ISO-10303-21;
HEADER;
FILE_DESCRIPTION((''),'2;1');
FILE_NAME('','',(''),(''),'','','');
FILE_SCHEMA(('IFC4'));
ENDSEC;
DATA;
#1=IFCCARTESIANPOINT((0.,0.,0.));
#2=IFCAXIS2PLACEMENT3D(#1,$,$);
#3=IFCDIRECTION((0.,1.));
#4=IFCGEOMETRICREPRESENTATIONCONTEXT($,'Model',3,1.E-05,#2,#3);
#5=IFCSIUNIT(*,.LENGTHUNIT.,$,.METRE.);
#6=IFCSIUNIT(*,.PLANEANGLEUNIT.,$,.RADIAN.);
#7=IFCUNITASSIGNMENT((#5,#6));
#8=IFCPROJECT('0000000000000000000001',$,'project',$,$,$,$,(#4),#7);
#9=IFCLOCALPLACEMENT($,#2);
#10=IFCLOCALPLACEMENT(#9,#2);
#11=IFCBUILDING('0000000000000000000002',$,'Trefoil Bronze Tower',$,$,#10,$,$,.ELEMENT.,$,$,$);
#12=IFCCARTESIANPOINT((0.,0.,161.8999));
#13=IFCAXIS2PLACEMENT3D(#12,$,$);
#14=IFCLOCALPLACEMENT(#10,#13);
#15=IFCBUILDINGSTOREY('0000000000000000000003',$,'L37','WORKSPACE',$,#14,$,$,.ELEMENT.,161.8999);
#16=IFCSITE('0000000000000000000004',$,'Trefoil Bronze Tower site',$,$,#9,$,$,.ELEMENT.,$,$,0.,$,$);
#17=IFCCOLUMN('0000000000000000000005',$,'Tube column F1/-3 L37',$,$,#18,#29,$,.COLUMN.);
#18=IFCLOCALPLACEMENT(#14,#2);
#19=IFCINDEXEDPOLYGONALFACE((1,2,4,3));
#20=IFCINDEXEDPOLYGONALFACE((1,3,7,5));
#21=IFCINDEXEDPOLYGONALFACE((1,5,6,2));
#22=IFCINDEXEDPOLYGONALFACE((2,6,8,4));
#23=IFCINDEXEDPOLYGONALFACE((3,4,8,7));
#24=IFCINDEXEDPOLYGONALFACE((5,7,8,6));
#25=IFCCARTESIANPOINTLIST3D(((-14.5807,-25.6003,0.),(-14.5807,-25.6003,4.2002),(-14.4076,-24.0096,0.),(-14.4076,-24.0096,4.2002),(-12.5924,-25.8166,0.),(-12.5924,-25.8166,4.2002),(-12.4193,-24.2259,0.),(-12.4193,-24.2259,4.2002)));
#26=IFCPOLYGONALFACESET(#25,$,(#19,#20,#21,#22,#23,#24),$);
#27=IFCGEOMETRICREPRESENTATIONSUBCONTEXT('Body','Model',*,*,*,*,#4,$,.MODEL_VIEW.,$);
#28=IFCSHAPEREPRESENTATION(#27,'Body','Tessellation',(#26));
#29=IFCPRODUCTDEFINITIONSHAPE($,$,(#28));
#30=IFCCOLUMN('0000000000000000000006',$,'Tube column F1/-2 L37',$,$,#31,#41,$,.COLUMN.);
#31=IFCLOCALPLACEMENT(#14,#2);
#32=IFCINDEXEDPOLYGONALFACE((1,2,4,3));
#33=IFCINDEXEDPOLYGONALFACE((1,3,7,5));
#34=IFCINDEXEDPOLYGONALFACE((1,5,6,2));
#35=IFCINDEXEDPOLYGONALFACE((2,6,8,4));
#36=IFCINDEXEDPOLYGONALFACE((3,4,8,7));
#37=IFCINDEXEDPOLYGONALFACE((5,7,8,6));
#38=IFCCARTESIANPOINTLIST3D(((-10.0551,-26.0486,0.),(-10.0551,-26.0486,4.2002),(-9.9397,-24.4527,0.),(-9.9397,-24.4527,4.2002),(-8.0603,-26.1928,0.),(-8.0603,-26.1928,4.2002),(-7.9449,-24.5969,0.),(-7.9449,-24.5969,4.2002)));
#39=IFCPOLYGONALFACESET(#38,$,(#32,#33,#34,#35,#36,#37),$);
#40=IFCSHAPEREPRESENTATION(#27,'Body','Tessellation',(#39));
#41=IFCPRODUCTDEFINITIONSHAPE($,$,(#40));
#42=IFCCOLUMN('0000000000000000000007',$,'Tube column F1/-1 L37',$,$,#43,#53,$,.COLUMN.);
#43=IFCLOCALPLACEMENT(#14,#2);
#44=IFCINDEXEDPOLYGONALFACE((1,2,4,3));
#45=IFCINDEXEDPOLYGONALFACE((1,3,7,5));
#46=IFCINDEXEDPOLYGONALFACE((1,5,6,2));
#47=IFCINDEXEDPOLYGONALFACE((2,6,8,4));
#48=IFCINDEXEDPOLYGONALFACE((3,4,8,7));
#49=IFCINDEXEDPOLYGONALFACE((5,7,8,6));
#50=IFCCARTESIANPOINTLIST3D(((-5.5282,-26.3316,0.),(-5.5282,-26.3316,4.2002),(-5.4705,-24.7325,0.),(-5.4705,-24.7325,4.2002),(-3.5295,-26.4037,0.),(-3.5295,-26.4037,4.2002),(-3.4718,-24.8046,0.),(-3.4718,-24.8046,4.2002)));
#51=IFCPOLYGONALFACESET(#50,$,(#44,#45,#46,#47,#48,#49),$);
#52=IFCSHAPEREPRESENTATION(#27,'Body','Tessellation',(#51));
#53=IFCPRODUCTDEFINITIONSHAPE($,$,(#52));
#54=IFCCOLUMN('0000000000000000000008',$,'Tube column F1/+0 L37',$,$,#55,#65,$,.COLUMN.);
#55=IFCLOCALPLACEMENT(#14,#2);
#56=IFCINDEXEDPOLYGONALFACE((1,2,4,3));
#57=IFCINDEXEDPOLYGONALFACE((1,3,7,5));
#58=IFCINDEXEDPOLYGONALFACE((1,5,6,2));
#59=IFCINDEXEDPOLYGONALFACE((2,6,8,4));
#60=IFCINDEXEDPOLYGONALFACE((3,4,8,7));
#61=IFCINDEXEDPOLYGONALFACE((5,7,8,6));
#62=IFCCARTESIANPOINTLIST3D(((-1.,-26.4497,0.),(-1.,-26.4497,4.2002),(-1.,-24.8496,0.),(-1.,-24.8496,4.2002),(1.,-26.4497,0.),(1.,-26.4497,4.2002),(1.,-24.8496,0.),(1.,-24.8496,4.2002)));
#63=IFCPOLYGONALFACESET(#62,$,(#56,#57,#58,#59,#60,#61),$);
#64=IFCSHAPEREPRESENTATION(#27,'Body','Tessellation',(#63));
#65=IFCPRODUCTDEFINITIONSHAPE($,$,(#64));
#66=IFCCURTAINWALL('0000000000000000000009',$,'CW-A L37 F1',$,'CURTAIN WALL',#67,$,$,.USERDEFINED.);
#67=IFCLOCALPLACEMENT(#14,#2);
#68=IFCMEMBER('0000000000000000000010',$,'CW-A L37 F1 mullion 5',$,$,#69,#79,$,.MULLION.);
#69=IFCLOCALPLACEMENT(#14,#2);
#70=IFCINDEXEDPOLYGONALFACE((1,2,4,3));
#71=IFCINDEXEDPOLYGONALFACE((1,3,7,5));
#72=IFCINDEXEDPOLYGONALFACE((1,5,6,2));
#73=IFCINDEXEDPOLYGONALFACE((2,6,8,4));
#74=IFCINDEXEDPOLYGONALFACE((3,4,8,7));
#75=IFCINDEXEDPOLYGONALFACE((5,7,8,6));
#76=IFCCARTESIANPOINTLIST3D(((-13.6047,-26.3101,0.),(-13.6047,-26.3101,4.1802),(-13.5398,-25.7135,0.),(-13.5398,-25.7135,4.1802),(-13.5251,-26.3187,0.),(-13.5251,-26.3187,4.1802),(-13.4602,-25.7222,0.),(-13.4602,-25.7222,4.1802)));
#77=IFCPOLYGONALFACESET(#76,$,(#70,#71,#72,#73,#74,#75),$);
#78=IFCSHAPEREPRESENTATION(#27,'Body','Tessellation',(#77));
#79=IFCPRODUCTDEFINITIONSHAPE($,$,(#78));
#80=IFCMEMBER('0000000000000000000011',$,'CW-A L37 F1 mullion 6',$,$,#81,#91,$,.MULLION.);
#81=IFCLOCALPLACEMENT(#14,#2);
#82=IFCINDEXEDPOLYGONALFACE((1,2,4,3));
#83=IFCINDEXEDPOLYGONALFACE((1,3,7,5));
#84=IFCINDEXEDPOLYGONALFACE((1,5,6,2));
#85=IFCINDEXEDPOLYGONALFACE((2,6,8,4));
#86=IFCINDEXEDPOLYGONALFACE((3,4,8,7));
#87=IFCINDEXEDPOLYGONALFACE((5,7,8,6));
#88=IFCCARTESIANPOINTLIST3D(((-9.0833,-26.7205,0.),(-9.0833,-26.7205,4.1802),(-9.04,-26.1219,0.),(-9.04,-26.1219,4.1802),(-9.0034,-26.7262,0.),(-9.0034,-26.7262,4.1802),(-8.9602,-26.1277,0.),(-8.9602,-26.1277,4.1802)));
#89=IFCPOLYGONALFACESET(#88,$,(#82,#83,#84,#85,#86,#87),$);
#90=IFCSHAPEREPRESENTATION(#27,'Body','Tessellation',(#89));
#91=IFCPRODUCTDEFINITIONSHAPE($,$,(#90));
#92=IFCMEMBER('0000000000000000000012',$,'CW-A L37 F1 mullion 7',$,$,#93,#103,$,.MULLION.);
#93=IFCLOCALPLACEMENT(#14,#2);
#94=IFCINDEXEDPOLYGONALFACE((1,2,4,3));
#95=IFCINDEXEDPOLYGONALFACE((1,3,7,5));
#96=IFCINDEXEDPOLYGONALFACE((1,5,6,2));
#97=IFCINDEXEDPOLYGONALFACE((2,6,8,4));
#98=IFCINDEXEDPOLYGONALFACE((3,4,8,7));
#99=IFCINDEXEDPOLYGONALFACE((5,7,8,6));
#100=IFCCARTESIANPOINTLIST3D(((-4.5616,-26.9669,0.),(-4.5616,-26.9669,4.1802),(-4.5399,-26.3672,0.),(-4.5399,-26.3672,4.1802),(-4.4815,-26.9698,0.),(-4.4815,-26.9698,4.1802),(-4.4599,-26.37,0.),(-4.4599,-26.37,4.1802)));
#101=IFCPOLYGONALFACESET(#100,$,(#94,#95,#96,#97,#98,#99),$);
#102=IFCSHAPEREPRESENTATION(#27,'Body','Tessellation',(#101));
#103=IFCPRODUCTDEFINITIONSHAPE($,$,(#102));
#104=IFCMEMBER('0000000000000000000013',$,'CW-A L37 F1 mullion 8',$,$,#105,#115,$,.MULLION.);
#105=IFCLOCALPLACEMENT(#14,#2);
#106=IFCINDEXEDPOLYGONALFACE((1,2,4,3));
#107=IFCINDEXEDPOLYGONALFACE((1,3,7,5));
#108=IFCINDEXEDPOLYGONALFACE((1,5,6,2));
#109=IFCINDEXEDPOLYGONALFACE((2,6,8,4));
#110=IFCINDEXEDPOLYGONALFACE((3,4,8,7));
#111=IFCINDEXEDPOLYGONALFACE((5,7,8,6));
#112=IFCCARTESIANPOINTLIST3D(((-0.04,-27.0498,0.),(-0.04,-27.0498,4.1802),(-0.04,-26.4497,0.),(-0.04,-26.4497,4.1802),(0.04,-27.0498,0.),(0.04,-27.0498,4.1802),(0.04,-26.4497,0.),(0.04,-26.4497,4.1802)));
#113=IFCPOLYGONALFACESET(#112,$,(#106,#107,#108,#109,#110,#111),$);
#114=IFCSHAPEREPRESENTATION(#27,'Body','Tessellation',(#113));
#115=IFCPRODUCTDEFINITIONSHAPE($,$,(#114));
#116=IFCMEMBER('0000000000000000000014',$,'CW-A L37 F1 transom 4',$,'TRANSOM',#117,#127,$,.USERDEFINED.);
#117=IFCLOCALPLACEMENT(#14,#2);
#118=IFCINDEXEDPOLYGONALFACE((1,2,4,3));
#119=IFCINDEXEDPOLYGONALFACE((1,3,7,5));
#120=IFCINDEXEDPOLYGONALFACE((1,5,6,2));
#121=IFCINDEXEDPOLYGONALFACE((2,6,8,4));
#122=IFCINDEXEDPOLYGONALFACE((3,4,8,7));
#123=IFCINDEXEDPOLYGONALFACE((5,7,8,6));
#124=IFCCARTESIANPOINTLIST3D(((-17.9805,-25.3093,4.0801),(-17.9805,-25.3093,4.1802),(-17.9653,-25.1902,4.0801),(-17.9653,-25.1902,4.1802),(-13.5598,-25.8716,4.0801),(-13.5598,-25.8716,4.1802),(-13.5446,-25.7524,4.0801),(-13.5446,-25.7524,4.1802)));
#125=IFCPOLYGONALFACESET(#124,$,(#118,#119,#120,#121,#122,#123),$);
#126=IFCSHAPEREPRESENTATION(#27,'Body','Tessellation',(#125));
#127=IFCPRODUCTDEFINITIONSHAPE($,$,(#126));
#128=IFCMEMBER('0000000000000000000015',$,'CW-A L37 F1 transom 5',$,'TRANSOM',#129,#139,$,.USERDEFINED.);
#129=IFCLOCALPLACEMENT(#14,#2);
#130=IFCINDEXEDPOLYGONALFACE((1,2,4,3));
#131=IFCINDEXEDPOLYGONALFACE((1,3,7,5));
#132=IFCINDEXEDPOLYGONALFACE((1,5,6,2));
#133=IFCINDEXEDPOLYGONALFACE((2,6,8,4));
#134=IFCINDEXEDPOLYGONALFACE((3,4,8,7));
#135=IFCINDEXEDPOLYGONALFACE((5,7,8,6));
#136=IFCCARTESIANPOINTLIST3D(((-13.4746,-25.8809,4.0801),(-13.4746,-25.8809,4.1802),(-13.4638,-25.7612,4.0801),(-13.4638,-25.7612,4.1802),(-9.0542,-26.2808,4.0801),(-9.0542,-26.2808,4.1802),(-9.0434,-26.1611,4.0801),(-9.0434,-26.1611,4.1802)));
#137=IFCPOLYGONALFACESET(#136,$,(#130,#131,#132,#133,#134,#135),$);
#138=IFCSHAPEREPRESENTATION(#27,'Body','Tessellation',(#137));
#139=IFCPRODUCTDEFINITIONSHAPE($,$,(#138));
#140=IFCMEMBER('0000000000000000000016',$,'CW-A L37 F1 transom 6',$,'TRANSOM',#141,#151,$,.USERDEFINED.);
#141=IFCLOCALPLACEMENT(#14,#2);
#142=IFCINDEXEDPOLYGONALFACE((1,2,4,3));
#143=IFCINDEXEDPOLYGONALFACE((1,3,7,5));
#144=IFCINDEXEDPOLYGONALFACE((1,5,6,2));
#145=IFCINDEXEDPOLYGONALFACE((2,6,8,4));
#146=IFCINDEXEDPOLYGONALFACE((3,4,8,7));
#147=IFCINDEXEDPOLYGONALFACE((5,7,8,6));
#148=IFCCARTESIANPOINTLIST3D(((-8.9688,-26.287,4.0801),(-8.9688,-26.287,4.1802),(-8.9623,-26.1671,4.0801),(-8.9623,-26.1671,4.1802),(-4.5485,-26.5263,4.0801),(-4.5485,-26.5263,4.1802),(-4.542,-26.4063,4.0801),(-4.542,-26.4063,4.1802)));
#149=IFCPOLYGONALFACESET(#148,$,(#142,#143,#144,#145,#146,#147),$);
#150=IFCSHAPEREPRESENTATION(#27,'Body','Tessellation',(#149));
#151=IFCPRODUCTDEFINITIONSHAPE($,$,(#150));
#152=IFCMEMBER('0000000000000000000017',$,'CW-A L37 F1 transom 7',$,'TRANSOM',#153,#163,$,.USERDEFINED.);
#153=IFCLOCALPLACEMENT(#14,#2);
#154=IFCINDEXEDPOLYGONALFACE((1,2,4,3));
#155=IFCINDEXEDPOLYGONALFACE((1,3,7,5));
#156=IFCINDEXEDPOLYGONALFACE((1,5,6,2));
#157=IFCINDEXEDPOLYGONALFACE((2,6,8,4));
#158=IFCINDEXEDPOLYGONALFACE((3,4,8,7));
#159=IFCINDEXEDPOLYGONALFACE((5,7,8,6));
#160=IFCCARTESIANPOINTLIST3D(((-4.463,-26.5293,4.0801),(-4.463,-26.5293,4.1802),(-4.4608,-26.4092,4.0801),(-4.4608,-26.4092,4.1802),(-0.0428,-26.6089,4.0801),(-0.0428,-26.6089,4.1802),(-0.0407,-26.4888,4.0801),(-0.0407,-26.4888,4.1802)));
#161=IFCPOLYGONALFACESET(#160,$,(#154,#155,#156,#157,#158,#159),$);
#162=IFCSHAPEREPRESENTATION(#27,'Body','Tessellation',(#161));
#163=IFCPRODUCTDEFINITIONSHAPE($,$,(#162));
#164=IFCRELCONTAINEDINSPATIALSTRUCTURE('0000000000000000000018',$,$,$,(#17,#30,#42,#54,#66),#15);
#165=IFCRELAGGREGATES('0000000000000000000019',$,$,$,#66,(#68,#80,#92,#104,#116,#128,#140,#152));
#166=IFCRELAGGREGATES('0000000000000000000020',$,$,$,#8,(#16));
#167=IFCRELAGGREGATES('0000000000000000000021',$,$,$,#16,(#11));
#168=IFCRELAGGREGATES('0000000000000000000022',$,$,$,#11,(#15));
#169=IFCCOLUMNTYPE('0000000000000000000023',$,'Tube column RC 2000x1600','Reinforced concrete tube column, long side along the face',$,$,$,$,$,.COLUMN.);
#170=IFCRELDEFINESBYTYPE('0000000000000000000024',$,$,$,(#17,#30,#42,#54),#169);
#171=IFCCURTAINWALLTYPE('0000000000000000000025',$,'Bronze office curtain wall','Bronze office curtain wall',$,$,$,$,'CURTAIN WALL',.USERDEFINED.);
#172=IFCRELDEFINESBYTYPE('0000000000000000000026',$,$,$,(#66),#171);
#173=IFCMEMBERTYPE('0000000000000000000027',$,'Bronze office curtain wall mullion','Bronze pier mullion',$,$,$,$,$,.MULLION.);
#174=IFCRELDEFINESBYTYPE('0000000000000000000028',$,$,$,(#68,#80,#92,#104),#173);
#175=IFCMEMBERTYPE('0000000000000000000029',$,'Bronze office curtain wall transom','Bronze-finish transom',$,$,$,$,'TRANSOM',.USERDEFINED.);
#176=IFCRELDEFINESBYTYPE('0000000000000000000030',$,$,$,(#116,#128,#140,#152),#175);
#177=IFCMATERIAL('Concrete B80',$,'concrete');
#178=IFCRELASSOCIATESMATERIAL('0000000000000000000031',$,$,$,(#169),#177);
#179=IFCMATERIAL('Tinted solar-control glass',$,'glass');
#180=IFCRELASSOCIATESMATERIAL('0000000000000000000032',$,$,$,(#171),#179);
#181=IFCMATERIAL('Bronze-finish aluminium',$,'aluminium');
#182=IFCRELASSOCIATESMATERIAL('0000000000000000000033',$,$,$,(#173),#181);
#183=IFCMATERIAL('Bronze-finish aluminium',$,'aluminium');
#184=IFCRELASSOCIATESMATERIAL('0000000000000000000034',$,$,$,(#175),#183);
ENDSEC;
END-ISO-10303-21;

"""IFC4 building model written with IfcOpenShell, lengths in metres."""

from ifc_helpers import new_model, si_unit, direction, frame, origin, origin_2d, place, context, subcontext, project, spatial, rectangle, extrude, material, material_profile, profile_set, type_object, element, aggregate, save


model = new_model("IFC4")

# Units and contexts
model_context = context("Model", 3, precision=1e-05, world=origin(), true_north=direction((0.0, 1.0)))
body_context = subcontext(model_context, "Body", "Model", "MODEL_VIEW")
ifc_project = project(units=[si_unit("LENGTHUNIT", "METRE"), si_unit("PLANEANGLEUNIT", "RADIAN")], contexts=[model_context])

# Site, building, storey
site_placement = place(None, origin())
site = spatial("IfcSite", under=ifc_project, at=site_placement, Name="Trefoil Bronze Tower site", CompositionType="ELEMENT", RefElevation=0.0)
building_placement = place(site_placement, origin())
building = spatial("IfcBuilding", under=site, at=building_placement, Name="Trefoil Bronze Tower", CompositionType="ELEMENT")
storey_placement = place(building_placement, frame((0.0, 0.0, 161.8999)))
storey = spatial("IfcBuildingStorey", under=building, at=storey_placement, Name="L37", Description="WORKSPACE", CompositionType="ELEMENT", Elevation=161.8999)

# Columns
ifc_material_1 = material(Name="Concrete B80", Category="concrete")
ifc_material_profile_1 = material_profile(ifc_material_1, rectangle(XDim=2.0, YDim=1.6001, at=origin_2d()), Name="RC 2000x1600")
ifc_profile_set_1 = profile_set([ifc_material_profile_1], Name="Concrete B80")
column_type = type_object("IfcColumnType", Name="Tube column RC 2000x1600", Description="Reinforced concrete tube column, long side along the face", PredefinedType="COLUMN", material=ifc_profile_set_1)
for number, where, z_axis, x_axis, name in (
    (1, (-13.5, -24.9131, 0.0), (0.0, 0.0, 1.0), (0.994135, -0.108144, 0.0), "Tube column F1/-3 L37"),
    (2, (-9.0, -25.3228, 0.0), (0.0, 0.0, 1.0), (0.997398, -0.072096, 0.0), "Tube column F1/-2 L37"),
    (3, (-4.5, -25.5681, 0.0), (0.0, 0.0, 1.0), (0.99935, -0.036048, 0.0), "Tube column F1/-1 L37"),
    (4, (0.0, -25.6497, 0.0), (0.0, 0.0, 1.0), (1.0, 0.0, 0.0), "Tube column F1/+0 L37"),
):
    element("IfcColumn", number, at=place(storey_placement, frame(where, z_axis=z_axis, x_axis=x_axis)), inside=storey, type_object=column_type, Name=name, PredefinedType="COLUMN", context=body_context, shape_type="SweptSolid", body=[
        extrude(rectangle(XDim=2.0, YDim=1.6001, at=origin_2d()), origin(), (0.0, 0.0, 1.0), 4.2002),
    ])

# Curtain wall, members
ifc_material_2 = material(Name="Tinted solar-control glass", Category="glass")
curtain_wall_type = type_object("IfcCurtainWallType", Name="Bronze office curtain wall", Description="Bronze office curtain wall", ElementType="CURTAIN WALL", PredefinedType="USERDEFINED", material=ifc_material_2)
curtain_wall_placement = place(storey_placement, origin())
curtain_wall = element("IfcCurtainWall", 5, at=curtain_wall_placement, inside=storey, type_object=curtain_wall_type, Name="CW-A L37 F1", ObjectType="CURTAIN WALL", PredefinedType="USERDEFINED")
ifc_material_3 = material(Name="Bronze-finish aluminium", Category="aluminium")
ifc_material_profile_2 = material_profile(ifc_material_3, rectangle(XDim=0.6001, YDim=0.0801, at=origin_2d()), Name="CW-A mullion")
ifc_profile_set_2 = profile_set([ifc_material_profile_2], Name="Bronze-finish aluminium")
member_type_1 = type_object("IfcMemberType", Name="Bronze office curtain wall mullion", Description="Bronze pier mullion", PredefinedType="MULLION", material=ifc_profile_set_2)
member_1_placement = place(storey_placement, frame((-13.5325, -26.0161, 0.0), z_axis=(0.0, 0.0, 1.0), x_axis=(0.108144, 0.994135, 0.0)))
member_1 = element("IfcMember", 6, at=member_1_placement, type_object=member_type_1, Name="CW-A L37 F1 mullion 5", PredefinedType="MULLION", context=body_context, shape_type="SweptSolid", body=[
    extrude(rectangle(XDim=0.6001, YDim=0.0801, at=origin_2d()), origin(), (0.0, 0.0, 1.0), 4.1802),
])
member_2_placement = place(storey_placement, frame((-9.0217, -26.4241, 0.0), z_axis=(0.0, 0.0, 1.0), x_axis=(0.072096, 0.997398, 0.0)))
member_2 = element("IfcMember", 7, at=member_2_placement, type_object=member_type_1, Name="CW-A L37 F1 mullion 6", PredefinedType="MULLION", context=body_context, shape_type="SweptSolid", body=[
    extrude(rectangle(XDim=0.6001, YDim=0.0801, at=origin_2d()), origin(), (0.0, 0.0, 1.0), 4.1802),
])
member_3_placement = place(storey_placement, frame((-4.5107, -26.6685, 0.0), z_axis=(0.0, 0.0, 1.0), x_axis=(0.036048, 0.99935, 0.0)))
member_3 = element("IfcMember", 8, at=member_3_placement, type_object=member_type_1, Name="CW-A L37 F1 mullion 7", PredefinedType="MULLION", context=body_context, shape_type="SweptSolid", body=[
    extrude(rectangle(XDim=0.6001, YDim=0.0801, at=origin_2d()), origin(), (0.0, 0.0, 1.0), 4.1802),
])
member_4_placement = place(storey_placement, frame((0.0, -26.7498, 0.0), z_axis=(0.0, 0.0, 1.0), x_axis=(0.0, 1.0, 0.0)))
member_4 = element("IfcMember", 9, at=member_4_placement, type_object=member_type_1, Name="CW-A L37 F1 mullion 8", PredefinedType="MULLION", context=body_context, shape_type="SweptSolid", body=[
    extrude(rectangle(XDim=0.6001, YDim=0.0801, at=origin_2d()), origin(), (0.0, 0.0, 1.0), 4.1802),
])
ifc_material_4 = material(Name="Bronze-finish aluminium", Category="aluminium")
ifc_material_profile_3 = material_profile(ifc_material_4, rectangle(XDim=0.1201, YDim=0.1001, at=origin_2d()), Name="CW-A transom")
ifc_profile_set_3 = profile_set([ifc_material_profile_3], Name="Bronze-finish aluminium")
member_type_2 = type_object("IfcMemberType", Name="Bronze office curtain wall transom", Description="Bronze-finish transom", ElementType="TRANSOM", PredefinedType="USERDEFINED", material=ifc_profile_set_3)
member_5_placement = place(storey_placement, frame((-17.9729, -25.2498, 4.1301), z_axis=(0.992008, -0.126172, 0.0), x_axis=(0.126172, 0.992008, 0.0)))
member_5 = element("IfcMember", 10, at=member_5_placement, type_object=member_type_2, Name="CW-A L37 F1 transom 4", ObjectType="TRANSOM", PredefinedType="USERDEFINED", context=body_context, shape_type="SweptSolid", body=[
    extrude(rectangle(XDim=0.1201, YDim=0.1001, at=origin_2d()), origin(), (0.0, 0.0, 1.0), 4.4563),
])
member_6_placement = place(storey_placement, frame((-13.4692, -25.821, 4.1301), z_axis=(0.995933, -0.090099, 0.0), x_axis=(0.090099, 0.995933, 0.0)))
member_6 = element("IfcMember", 11, at=member_6_placement, type_object=member_type_2, Name="CW-A L37 F1 transom 5", ObjectType="TRANSOM", PredefinedType="USERDEFINED", context=body_context, shape_type="SweptSolid", body=[
    extrude(rectangle(XDim=0.1201, YDim=0.1001, at=origin_2d()), origin(), (0.0, 0.0, 1.0), 4.4385),
])
member_7_placement = place(storey_placement, frame((-8.9656, -26.2271, 4.1301), z_axis=(0.998538, -0.05405, 0.0), x_axis=(0.05405, 0.998538, 0.0)))
member_7 = element("IfcMember", 12, at=member_7_placement, type_object=member_type_2, Name="CW-A L37 F1 transom 6", ObjectType="TRANSOM", PredefinedType="USERDEFINED", context=body_context, shape_type="SweptSolid", body=[
    extrude(rectangle(XDim=0.1201, YDim=0.1001, at=origin_2d()), origin(), (0.0, 0.0, 1.0), 4.4268),
])
member_8_placement = place(storey_placement, frame((-4.4619, -26.4692, 4.1301), z_axis=(0.999838, -0.018003, 0.0), x_axis=(0.018003, 0.999838, 0.0)))
member_8 = element("IfcMember", 13, at=member_8_placement, type_object=member_type_2, Name="CW-A L37 F1 transom 7", ObjectType="TRANSOM", PredefinedType="USERDEFINED", context=body_context, shape_type="SweptSolid", body=[
    extrude(rectangle(XDim=0.1201, YDim=0.1001, at=origin_2d()), origin(), (0.0, 0.0, 1.0), 4.4209),
])

aggregate(curtain_wall, [member_1, member_2, member_3, member_4, member_5, member_6, member_7, member_8])

save(model, "model.ifc")
